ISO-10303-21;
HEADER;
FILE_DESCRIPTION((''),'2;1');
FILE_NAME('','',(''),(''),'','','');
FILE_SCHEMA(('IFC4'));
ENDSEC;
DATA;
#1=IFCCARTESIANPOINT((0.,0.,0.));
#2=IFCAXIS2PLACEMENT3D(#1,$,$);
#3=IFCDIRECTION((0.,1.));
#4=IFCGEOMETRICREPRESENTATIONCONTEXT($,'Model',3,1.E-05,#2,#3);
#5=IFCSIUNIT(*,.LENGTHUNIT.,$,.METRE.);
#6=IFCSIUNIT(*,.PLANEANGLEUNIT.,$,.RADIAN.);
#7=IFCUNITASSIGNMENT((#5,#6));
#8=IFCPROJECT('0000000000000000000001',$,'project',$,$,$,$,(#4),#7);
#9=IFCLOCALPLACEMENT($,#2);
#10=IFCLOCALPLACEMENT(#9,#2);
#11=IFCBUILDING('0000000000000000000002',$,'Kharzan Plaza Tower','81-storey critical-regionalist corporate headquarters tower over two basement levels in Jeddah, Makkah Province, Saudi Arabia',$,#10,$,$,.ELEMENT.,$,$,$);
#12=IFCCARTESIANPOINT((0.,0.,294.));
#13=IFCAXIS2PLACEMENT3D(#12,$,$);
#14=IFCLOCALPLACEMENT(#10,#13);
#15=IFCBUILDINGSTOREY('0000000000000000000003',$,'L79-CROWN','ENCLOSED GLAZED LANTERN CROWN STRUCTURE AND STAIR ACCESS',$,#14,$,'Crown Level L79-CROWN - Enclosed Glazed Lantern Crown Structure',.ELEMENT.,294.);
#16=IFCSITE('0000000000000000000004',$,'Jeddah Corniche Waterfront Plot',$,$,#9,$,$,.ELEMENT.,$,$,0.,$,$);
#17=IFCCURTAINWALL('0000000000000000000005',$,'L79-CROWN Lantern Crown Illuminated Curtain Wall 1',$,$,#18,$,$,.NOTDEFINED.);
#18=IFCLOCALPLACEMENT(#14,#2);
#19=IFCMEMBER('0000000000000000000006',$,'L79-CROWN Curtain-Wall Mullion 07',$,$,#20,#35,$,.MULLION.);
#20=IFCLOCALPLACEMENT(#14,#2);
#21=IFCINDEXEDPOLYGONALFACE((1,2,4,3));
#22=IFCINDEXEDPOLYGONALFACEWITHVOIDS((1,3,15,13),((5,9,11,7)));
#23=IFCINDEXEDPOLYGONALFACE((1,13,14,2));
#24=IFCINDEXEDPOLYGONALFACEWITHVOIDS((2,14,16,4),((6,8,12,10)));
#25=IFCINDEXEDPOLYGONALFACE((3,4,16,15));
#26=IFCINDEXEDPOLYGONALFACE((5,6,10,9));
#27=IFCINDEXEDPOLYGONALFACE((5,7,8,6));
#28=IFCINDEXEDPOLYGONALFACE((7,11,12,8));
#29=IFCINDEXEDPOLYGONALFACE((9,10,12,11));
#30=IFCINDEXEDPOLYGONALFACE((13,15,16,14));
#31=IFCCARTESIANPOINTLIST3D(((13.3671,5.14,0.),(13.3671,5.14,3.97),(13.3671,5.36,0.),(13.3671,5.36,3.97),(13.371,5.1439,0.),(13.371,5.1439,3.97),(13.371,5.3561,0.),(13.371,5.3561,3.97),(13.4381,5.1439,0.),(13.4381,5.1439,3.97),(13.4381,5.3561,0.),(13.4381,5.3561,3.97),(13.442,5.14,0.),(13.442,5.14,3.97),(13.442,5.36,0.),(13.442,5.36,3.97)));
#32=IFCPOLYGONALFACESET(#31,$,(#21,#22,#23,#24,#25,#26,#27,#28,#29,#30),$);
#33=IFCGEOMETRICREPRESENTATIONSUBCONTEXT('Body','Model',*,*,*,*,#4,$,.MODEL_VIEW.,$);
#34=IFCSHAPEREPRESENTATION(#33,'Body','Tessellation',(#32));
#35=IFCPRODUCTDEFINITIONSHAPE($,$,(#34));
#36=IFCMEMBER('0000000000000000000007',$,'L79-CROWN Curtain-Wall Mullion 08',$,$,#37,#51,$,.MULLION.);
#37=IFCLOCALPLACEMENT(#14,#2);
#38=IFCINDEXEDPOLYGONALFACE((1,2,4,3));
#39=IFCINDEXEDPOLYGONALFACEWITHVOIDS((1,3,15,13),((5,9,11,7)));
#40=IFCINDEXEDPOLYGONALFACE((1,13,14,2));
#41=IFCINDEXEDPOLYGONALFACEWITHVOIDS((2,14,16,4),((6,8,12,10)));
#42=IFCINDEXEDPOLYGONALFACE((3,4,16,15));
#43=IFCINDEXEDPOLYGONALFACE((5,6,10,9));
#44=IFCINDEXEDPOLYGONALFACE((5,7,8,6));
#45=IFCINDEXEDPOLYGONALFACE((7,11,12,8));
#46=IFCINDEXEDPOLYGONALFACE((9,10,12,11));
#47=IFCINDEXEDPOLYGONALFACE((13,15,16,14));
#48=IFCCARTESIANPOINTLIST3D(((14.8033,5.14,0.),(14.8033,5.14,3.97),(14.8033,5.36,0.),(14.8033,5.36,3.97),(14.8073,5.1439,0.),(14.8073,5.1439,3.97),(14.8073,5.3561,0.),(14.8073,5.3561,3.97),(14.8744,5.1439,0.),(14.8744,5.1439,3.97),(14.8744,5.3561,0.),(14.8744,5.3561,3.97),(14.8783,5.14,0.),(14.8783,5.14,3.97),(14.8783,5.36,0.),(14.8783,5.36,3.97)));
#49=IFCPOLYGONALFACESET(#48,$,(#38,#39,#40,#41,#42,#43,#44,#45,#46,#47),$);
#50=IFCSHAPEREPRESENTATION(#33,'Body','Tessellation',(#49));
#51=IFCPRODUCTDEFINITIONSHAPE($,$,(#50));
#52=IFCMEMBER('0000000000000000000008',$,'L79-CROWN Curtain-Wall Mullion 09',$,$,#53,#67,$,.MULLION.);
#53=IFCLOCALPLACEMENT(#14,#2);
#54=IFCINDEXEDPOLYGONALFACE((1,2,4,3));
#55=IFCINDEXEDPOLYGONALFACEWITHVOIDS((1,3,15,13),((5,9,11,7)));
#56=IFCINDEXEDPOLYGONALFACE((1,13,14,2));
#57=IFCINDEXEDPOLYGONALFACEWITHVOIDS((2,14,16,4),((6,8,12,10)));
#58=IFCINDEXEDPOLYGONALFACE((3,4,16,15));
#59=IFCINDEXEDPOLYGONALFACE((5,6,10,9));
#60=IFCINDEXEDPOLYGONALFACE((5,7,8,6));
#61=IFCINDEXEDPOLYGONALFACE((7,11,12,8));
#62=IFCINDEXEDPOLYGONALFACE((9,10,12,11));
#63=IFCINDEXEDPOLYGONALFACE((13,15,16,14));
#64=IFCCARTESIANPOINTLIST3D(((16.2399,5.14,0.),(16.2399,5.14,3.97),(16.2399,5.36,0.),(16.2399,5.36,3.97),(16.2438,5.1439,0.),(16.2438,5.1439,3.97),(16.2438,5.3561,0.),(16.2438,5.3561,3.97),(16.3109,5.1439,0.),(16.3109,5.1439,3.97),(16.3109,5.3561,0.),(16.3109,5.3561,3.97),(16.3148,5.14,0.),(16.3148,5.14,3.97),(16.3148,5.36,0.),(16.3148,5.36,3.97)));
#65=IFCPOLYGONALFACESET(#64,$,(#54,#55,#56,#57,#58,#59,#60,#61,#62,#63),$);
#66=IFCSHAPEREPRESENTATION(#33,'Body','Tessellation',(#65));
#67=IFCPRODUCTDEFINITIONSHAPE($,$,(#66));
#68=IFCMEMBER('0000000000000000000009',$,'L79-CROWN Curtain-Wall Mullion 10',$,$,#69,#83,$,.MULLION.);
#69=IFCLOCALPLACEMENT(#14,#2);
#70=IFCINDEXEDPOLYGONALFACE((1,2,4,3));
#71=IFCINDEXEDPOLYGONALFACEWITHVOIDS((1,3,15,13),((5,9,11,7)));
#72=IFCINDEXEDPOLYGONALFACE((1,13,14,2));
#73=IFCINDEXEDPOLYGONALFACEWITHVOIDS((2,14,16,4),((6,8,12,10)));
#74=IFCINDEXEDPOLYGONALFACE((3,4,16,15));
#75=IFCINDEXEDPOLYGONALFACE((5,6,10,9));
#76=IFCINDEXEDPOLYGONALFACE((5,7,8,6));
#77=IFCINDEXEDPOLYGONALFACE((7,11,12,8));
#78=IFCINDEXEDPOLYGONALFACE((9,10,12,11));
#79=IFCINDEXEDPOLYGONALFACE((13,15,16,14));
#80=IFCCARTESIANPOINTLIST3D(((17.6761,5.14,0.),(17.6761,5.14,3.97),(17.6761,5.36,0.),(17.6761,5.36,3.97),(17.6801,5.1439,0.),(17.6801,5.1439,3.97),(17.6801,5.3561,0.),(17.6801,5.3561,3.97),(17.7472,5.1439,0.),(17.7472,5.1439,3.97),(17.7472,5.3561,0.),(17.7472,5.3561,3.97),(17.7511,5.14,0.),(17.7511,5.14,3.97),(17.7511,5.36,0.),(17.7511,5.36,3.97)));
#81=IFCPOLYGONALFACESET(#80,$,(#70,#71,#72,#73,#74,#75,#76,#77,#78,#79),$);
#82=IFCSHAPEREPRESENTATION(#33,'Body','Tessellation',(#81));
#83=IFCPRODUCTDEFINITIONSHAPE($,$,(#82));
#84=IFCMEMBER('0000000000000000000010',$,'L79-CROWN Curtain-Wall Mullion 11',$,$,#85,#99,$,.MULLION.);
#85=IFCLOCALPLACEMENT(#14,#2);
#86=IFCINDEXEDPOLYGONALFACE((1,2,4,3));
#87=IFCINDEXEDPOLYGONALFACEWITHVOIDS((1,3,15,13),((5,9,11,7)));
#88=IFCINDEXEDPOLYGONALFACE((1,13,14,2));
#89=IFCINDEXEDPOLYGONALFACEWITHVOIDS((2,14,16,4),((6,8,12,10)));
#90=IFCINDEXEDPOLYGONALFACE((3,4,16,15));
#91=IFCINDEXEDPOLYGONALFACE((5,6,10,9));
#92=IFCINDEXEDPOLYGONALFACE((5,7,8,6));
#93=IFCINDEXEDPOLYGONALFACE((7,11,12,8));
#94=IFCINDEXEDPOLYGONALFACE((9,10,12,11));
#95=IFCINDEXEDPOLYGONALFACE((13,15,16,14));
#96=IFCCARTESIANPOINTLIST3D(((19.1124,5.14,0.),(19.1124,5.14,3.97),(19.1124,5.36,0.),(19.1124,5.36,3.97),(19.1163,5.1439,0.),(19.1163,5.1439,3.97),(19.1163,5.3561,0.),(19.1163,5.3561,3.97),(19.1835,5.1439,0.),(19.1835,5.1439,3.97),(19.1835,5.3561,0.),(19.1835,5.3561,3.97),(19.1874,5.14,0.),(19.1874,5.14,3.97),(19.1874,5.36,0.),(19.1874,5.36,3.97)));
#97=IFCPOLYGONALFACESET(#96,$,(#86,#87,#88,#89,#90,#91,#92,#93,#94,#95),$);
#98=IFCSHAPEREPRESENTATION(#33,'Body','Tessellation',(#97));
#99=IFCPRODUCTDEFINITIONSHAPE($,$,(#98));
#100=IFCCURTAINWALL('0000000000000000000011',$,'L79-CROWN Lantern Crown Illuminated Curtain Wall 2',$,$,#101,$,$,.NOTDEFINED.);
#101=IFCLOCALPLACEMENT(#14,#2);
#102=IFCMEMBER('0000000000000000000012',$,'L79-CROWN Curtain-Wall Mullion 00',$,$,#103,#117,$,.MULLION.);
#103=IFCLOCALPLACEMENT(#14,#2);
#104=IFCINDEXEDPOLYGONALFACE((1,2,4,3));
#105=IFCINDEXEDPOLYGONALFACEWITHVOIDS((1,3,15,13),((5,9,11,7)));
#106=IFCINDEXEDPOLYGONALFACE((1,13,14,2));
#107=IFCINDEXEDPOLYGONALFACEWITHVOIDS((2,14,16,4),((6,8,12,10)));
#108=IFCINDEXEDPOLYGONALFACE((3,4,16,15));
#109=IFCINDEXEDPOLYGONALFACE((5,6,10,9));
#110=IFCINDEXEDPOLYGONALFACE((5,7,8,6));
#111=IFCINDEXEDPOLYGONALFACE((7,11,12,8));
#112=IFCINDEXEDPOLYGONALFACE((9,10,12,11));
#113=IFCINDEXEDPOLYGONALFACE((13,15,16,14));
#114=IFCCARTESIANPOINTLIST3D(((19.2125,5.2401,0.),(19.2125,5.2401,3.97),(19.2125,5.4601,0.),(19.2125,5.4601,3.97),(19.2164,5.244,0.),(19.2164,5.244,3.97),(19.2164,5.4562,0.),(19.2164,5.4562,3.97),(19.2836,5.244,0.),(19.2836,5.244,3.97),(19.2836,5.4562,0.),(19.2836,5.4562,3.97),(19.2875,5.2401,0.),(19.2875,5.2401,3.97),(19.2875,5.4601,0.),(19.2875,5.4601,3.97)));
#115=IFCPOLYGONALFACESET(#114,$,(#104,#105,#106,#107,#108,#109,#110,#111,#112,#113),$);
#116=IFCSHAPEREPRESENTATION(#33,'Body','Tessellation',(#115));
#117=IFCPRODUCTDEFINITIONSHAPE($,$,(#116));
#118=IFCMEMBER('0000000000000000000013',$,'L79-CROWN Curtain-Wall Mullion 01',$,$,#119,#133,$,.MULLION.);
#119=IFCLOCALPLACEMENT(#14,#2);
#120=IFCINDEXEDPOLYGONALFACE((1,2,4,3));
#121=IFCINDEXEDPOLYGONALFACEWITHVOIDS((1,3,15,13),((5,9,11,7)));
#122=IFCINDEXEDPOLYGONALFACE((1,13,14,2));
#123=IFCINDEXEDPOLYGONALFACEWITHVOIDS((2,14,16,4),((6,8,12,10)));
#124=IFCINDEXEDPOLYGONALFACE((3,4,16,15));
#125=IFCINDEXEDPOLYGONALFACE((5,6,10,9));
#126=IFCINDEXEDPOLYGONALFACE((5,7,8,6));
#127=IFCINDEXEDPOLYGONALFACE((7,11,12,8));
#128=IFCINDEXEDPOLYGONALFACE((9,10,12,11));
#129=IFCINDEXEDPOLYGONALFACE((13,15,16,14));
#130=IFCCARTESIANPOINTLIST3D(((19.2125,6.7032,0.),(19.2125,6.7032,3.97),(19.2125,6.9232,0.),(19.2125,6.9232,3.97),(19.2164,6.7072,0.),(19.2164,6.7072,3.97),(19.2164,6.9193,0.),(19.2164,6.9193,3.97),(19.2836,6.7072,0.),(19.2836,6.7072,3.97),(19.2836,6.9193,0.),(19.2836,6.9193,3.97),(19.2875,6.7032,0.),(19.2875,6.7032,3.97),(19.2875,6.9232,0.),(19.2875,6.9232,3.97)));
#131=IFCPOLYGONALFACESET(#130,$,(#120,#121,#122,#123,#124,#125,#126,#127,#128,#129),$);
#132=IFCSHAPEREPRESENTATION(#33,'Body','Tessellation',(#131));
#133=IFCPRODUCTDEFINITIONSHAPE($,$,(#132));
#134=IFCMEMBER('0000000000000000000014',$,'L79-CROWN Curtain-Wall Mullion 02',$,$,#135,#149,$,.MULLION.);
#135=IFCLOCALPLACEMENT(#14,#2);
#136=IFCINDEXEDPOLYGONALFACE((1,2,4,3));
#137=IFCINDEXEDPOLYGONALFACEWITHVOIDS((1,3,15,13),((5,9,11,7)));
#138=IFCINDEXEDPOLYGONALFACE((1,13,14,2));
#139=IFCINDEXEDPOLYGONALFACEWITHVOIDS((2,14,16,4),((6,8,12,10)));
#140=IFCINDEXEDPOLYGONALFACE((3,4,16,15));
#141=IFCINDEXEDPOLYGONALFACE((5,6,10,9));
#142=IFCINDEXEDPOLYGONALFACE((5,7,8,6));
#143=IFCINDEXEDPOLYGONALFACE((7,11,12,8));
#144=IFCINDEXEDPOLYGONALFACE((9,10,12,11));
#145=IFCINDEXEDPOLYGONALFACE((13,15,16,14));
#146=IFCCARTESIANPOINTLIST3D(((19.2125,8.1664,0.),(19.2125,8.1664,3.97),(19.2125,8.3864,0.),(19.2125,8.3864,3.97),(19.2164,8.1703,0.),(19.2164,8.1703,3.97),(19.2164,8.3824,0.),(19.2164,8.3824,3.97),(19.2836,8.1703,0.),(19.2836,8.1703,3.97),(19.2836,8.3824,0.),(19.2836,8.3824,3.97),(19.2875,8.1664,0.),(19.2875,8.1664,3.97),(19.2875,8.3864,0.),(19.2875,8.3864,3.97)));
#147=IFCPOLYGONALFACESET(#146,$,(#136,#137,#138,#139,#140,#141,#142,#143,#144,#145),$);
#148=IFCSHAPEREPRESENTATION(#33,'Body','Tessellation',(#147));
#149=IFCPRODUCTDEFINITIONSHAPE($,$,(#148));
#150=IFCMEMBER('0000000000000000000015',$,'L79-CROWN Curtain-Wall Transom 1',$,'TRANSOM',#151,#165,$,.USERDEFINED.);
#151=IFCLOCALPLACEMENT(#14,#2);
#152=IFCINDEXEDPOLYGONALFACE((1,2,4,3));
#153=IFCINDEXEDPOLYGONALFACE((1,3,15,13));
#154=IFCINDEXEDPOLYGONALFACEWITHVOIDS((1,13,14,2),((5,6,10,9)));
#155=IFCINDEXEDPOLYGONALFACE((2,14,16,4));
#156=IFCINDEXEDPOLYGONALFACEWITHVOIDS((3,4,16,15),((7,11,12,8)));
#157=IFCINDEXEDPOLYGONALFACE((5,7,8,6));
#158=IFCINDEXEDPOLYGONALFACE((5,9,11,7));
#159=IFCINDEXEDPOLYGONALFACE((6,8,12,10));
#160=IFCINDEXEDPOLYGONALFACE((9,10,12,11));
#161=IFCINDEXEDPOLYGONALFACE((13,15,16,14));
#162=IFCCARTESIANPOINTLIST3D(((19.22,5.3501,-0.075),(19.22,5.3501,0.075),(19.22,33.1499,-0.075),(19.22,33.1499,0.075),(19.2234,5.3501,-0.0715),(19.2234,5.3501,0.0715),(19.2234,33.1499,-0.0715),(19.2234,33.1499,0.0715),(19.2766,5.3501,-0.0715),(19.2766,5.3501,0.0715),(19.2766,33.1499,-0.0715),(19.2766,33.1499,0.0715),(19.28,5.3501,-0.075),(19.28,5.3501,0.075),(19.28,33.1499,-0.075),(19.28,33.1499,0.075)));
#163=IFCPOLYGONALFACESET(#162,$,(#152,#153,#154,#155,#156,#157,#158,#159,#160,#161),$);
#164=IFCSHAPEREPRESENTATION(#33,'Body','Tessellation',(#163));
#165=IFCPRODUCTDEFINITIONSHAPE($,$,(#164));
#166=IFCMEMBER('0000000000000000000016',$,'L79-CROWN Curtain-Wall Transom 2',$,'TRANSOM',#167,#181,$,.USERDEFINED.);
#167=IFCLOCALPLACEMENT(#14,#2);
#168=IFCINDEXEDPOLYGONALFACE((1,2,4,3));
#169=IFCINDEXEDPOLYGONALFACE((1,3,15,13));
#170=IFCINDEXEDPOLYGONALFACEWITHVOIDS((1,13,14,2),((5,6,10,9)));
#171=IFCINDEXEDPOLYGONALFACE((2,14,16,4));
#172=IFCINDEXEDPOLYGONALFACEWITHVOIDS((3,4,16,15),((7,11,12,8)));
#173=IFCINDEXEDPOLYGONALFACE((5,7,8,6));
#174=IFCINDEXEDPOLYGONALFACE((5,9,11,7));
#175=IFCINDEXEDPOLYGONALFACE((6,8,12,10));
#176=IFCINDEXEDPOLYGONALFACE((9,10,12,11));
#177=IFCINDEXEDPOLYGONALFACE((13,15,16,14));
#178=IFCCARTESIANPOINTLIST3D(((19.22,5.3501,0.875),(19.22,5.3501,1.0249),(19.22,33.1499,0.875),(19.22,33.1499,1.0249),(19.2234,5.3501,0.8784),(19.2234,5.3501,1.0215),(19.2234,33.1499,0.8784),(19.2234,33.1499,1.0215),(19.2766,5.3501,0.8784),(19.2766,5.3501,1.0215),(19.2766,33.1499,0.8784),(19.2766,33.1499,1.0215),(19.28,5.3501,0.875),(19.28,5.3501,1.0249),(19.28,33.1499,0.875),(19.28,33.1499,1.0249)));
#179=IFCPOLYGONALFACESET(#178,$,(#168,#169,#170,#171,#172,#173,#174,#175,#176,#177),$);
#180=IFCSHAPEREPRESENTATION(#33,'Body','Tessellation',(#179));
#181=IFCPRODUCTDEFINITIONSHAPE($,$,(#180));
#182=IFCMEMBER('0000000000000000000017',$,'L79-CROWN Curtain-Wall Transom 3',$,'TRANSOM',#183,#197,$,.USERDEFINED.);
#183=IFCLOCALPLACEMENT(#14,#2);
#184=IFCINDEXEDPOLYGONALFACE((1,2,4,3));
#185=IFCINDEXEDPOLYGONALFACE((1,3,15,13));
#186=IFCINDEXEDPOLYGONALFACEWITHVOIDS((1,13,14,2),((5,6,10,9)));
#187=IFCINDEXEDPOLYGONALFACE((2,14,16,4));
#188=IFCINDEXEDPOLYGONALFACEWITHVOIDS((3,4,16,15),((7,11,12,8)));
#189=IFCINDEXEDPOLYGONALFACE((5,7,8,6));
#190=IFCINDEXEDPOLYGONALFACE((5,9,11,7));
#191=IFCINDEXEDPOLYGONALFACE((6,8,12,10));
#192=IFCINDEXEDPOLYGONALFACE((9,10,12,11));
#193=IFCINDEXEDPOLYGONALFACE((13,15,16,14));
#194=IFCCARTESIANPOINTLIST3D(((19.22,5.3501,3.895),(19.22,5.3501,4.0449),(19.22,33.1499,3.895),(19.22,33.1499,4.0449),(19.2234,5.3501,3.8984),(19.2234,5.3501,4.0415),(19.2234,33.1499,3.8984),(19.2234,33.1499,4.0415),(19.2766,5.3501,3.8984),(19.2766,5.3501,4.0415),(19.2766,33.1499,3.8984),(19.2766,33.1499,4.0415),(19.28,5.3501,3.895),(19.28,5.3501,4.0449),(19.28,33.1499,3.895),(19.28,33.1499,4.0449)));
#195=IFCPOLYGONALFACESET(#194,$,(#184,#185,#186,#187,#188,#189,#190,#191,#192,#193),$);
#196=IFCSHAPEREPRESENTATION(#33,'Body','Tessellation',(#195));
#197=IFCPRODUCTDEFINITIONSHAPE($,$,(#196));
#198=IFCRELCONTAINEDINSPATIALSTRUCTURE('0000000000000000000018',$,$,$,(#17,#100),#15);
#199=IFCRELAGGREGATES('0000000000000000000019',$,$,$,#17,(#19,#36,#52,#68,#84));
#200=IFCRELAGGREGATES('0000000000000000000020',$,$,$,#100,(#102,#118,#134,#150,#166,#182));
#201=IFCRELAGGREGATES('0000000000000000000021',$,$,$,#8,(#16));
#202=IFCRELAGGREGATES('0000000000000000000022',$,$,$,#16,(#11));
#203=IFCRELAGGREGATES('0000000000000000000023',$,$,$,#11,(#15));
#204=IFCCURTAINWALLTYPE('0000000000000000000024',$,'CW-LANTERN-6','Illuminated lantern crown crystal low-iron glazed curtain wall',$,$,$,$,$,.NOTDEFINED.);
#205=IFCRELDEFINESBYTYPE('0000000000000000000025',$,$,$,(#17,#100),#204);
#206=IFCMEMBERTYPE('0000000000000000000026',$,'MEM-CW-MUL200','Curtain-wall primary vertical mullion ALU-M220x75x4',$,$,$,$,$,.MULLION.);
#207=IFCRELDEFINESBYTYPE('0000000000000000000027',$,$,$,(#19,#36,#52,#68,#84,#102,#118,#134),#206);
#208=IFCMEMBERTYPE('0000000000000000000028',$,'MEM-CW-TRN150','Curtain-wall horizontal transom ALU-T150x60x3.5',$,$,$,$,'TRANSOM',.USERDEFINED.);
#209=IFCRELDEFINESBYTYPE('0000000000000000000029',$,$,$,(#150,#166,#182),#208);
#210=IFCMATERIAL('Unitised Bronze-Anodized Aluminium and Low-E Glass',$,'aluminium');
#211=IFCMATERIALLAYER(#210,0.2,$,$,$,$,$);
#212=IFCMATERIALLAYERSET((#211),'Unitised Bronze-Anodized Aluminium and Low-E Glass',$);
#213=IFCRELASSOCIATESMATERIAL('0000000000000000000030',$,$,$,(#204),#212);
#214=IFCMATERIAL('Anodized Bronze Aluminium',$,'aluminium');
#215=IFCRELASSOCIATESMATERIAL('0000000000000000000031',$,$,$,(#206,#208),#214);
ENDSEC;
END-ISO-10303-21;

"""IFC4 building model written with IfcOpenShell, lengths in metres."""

from ifc_helpers import new_model, si_unit, direction, frame, origin, origin_2d, place, context, subcontext, project, spatial, hollow_rectangle, extrude, source, transform, mapped, material, layer, layer_set, material_profile, profile_set, type_object, element, aggregate, save


model = new_model("IFC4")

# Units and contexts
model_context = context("Model", 3, precision=1e-05, world=origin(), true_north=direction((0.0, 1.0)))
body_context = subcontext(model_context, "Body", "Model", "MODEL_VIEW")
ifc_project = project(units=[si_unit("LENGTHUNIT", "METRE"), si_unit("PLANEANGLEUNIT", "RADIAN")], contexts=[model_context])

# Site, building, storey
site_placement = place(None, origin())
site = spatial("IfcSite", under=ifc_project, at=site_placement, Name="Jeddah Corniche Waterfront Plot", CompositionType="ELEMENT", RefElevation=0.0)
building_placement = place(site_placement, origin())
building = spatial("IfcBuilding", under=site, at=building_placement, Name="Kharzan Plaza Tower", Description="81-storey critical-regionalist corporate headquarters tower over two basement levels in Jeddah, Makkah Province, Saudi Arabia", CompositionType="ELEMENT")
storey_placement = place(building_placement, frame((0.0, 0.0, 294.0)))
storey = spatial("IfcBuildingStorey", under=building, at=storey_placement, Name="L79-CROWN", Description="ENCLOSED GLAZED LANTERN CROWN STRUCTURE AND STAIR ACCESS", LongName="Crown Level L79-CROWN - Enclosed Glazed Lantern Crown Structure", CompositionType="ELEMENT", Elevation=294.0)

# Curtain walls, members
ifc_material_1 = material(Name="Unitised Bronze-Anodized Aluminium and Low-E Glass", Category="aluminium")
ifc_layer_1 = layer(ifc_material_1, 0.2)
ifc_layer_set_1 = layer_set([ifc_layer_1], Name="Unitised Bronze-Anodized Aluminium and Low-E Glass")
curtain_wall_type = type_object("IfcCurtainWallType", Name="CW-LANTERN-6", Description="Illuminated lantern crown crystal low-iron glazed curtain wall", PredefinedType="NOTDEFINED", material=ifc_layer_set_1)
curtain_wall_1_placement = place(storey_placement, origin())
curtain_wall_1 = element("IfcCurtainWall", 1, at=curtain_wall_1_placement, inside=storey, type_object=curtain_wall_type, Name="L79-CROWN Lantern Crown Illuminated Curtain Wall 1", PredefinedType="NOTDEFINED")
ifc_material_2 = material(Name="Anodized Bronze Aluminium", Category="aluminium")
ifc_material_profile_1 = material_profile(ifc_material_2, hollow_rectangle(XDim=0.075, YDim=0.22, WallThickness=0.0039, at=origin_2d()), Name="ALU-M220x75x4")
ifc_profile_set_1 = profile_set([ifc_material_profile_1], Name="Anodized Bronze Aluminium")
member_type_1 = type_object("IfcMemberType", Name="MEM-CW-MUL200", Description="Curtain-wall primary vertical mullion ALU-M220x75x4", PredefinedType="MULLION", material=ifc_profile_set_1)
shared_shape_1 = source(origin(), body_context, "Body", "SweptSolid", [
    extrude(hollow_rectangle(XDim=0.075, YDim=0.22, WallThickness=0.0039, at=origin_2d()), origin(), (0.0, 0.0, 1.0), 3.97),
])
member_1_placement = place(storey_placement, frame((13.4045, 5.25, 0.0), z_axis=(0.0, 0.0, 1.0), x_axis=(1.0, 0.0, 0.0)))
member_1 = element("IfcMember", 2, at=member_1_placement, type_object=member_type_1, Name="L79-CROWN Curtain-Wall Mullion 07", PredefinedType="MULLION", context=body_context, shape_type="MappedRepresentation", body=[
    mapped(shared_shape_1, transform((0.0, 0.0, 0.0), x_axis=(1.0, 0.0, 0.0), y_axis=(0.0, 1.0, 0.0), z_axis=(0.0, 0.0, 1.0))),
])
member_2_placement = place(storey_placement, frame((14.8408, 5.25, 0.0), z_axis=(0.0, 0.0, 1.0), x_axis=(1.0, 0.0, 0.0)))
member_2 = element("IfcMember", 3, at=member_2_placement, type_object=member_type_1, Name="L79-CROWN Curtain-Wall Mullion 08", PredefinedType="MULLION", context=body_context, shape_type="MappedRepresentation", body=[
    mapped(shared_shape_1, transform((0.0, 0.0, 0.0), x_axis=(1.0, 0.0, 0.0), y_axis=(0.0, 1.0, 0.0), z_axis=(0.0, 0.0, 1.0))),
])
member_3_placement = place(storey_placement, frame((16.2773, 5.25, 0.0), z_axis=(0.0, 0.0, 1.0), x_axis=(1.0, 0.0, 0.0)))
member_3 = element("IfcMember", 4, at=member_3_placement, type_object=member_type_1, Name="L79-CROWN Curtain-Wall Mullion 09", PredefinedType="MULLION", context=body_context, shape_type="MappedRepresentation", body=[
    mapped(shared_shape_1, transform((0.0, 0.0, 0.0), x_axis=(1.0, 0.0, 0.0), y_axis=(0.0, 1.0, 0.0), z_axis=(0.0, 0.0, 1.0))),
])
member_4_placement = place(storey_placement, frame((17.7136, 5.25, 0.0), z_axis=(0.0, 0.0, 1.0), x_axis=(1.0, 0.0, 0.0)))
member_4 = element("IfcMember", 5, at=member_4_placement, type_object=member_type_1, Name="L79-CROWN Curtain-Wall Mullion 10", PredefinedType="MULLION", context=body_context, shape_type="MappedRepresentation", body=[
    mapped(shared_shape_1, transform((0.0, 0.0, 0.0), x_axis=(1.0, 0.0, 0.0), y_axis=(0.0, 1.0, 0.0), z_axis=(0.0, 0.0, 1.0))),
])
member_5_placement = place(storey_placement, frame((19.1499, 5.25, 0.0), z_axis=(0.0, 0.0, 1.0), x_axis=(1.0, 0.0, 0.0)))
member_5 = element("IfcMember", 6, at=member_5_placement, type_object=member_type_1, Name="L79-CROWN Curtain-Wall Mullion 11", PredefinedType="MULLION", context=body_context, shape_type="MappedRepresentation", body=[
    mapped(shared_shape_1, transform((0.0, 0.0, 0.0), x_axis=(1.0, 0.0, 0.0), y_axis=(0.0, 1.0, 0.0), z_axis=(0.0, 0.0, 1.0))),
])
curtain_wall_2_placement = place(storey_placement, origin())
curtain_wall_2 = element("IfcCurtainWall", 7, at=curtain_wall_2_placement, inside=storey, type_object=curtain_wall_type, Name="L79-CROWN Lantern Crown Illuminated Curtain Wall 2", PredefinedType="NOTDEFINED")
member_6_placement = place(storey_placement, frame((19.25, 5.3501, 0.0), z_axis=(0.0, 0.0, 1.0), x_axis=(1.0, 0.0, 0.0)))
member_6 = element("IfcMember", 8, at=member_6_placement, type_object=member_type_1, Name="L79-CROWN Curtain-Wall Mullion 00", PredefinedType="MULLION", context=body_context, shape_type="MappedRepresentation", body=[
    mapped(shared_shape_1, transform((0.0, 0.0, 0.0), x_axis=(1.0, 0.0, 0.0), y_axis=(0.0, 1.0, 0.0), z_axis=(0.0, 0.0, 1.0))),
])
member_7_placement = place(storey_placement, frame((19.25, 6.8132, 0.0), z_axis=(0.0, 0.0, 1.0), x_axis=(1.0, 0.0, 0.0)))
member_7 = element("IfcMember", 9, at=member_7_placement, type_object=member_type_1, Name="L79-CROWN Curtain-Wall Mullion 01", PredefinedType="MULLION", context=body_context, shape_type="MappedRepresentation", body=[
    mapped(shared_shape_1, transform((0.0, 0.0, 0.0), x_axis=(1.0, 0.0, 0.0), y_axis=(0.0, 1.0, 0.0), z_axis=(0.0, 0.0, 1.0))),
])
member_8_placement = place(storey_placement, frame((19.25, 8.2764, 0.0), z_axis=(0.0, 0.0, 1.0), x_axis=(1.0, 0.0, 0.0)))
member_8 = element("IfcMember", 10, at=member_8_placement, type_object=member_type_1, Name="L79-CROWN Curtain-Wall Mullion 02", PredefinedType="MULLION", context=body_context, shape_type="MappedRepresentation", body=[
    mapped(shared_shape_1, transform((0.0, 0.0, 0.0), x_axis=(1.0, 0.0, 0.0), y_axis=(0.0, 1.0, 0.0), z_axis=(0.0, 0.0, 1.0))),
])
ifc_material_profile_2 = material_profile(ifc_material_2, hollow_rectangle(XDim=0.0601, YDim=0.1499, WallThickness=0.0034, at=origin_2d()), Name="ALU-T150x60x3.5")
ifc_profile_set_2 = profile_set([ifc_material_profile_2], Name="Anodized Bronze Aluminium")
member_type_2 = type_object("IfcMemberType", Name="MEM-CW-TRN150", Description="Curtain-wall horizontal transom ALU-T150x60x3.5", ElementType="TRANSOM", PredefinedType="USERDEFINED", material=ifc_profile_set_2)
shared_shape_2 = source(origin(), body_context, "Body", "SweptSolid", [
    extrude(hollow_rectangle(XDim=0.0601, YDim=0.1499, WallThickness=0.0034, at=origin_2d()), origin(), (0.0, 0.0, 1.0), 27.7998),
])
member_9_placement = place(storey_placement, frame((19.25, 5.3501, 0.0), z_axis=(0.0, 1.0, 0.0), x_axis=(-1.0, 0.0, 0.0)))
member_9 = element("IfcMember", 11, at=member_9_placement, type_object=member_type_2, Name="L79-CROWN Curtain-Wall Transom 1", ObjectType="TRANSOM", PredefinedType="USERDEFINED", context=body_context, shape_type="MappedRepresentation", body=[
    mapped(shared_shape_2, transform((0.0, 0.0, 0.0), x_axis=(1.0, 0.0, 0.0), y_axis=(0.0, 1.0, 0.0), z_axis=(0.0, 0.0, 1.0))),
])
member_10_placement = place(storey_placement, frame((19.25, 5.3501, 0.95), z_axis=(0.0, 1.0, 0.0), x_axis=(-1.0, 0.0, 0.0)))
member_10 = element("IfcMember", 12, at=member_10_placement, type_object=member_type_2, Name="L79-CROWN Curtain-Wall Transom 2", ObjectType="TRANSOM", PredefinedType="USERDEFINED", context=body_context, shape_type="MappedRepresentation", body=[
    mapped(shared_shape_2, transform((0.0, 0.0, 0.0), x_axis=(1.0, 0.0, 0.0), y_axis=(0.0, 1.0, 0.0), z_axis=(0.0, 0.0, 1.0))),
])
member_11_placement = place(storey_placement, frame((19.25, 5.3501, 3.97), z_axis=(0.0, 1.0, 0.0), x_axis=(-1.0, 0.0, 0.0)))
member_11 = element("IfcMember", 13, at=member_11_placement, type_object=member_type_2, Name="L79-CROWN Curtain-Wall Transom 3", ObjectType="TRANSOM", PredefinedType="USERDEFINED", context=body_context, shape_type="MappedRepresentation", body=[
    mapped(shared_shape_2, transform((0.0, 0.0, 0.0), x_axis=(1.0, 0.0, 0.0), y_axis=(0.0, 1.0, 0.0), z_axis=(0.0, 0.0, 1.0))),
])

aggregate(curtain_wall_1, [member_1, member_2, member_3, member_4, member_5])
aggregate(curtain_wall_2, [member_6, member_7, member_8, member_9, member_10, member_11])

save(model, "model.ifc")
